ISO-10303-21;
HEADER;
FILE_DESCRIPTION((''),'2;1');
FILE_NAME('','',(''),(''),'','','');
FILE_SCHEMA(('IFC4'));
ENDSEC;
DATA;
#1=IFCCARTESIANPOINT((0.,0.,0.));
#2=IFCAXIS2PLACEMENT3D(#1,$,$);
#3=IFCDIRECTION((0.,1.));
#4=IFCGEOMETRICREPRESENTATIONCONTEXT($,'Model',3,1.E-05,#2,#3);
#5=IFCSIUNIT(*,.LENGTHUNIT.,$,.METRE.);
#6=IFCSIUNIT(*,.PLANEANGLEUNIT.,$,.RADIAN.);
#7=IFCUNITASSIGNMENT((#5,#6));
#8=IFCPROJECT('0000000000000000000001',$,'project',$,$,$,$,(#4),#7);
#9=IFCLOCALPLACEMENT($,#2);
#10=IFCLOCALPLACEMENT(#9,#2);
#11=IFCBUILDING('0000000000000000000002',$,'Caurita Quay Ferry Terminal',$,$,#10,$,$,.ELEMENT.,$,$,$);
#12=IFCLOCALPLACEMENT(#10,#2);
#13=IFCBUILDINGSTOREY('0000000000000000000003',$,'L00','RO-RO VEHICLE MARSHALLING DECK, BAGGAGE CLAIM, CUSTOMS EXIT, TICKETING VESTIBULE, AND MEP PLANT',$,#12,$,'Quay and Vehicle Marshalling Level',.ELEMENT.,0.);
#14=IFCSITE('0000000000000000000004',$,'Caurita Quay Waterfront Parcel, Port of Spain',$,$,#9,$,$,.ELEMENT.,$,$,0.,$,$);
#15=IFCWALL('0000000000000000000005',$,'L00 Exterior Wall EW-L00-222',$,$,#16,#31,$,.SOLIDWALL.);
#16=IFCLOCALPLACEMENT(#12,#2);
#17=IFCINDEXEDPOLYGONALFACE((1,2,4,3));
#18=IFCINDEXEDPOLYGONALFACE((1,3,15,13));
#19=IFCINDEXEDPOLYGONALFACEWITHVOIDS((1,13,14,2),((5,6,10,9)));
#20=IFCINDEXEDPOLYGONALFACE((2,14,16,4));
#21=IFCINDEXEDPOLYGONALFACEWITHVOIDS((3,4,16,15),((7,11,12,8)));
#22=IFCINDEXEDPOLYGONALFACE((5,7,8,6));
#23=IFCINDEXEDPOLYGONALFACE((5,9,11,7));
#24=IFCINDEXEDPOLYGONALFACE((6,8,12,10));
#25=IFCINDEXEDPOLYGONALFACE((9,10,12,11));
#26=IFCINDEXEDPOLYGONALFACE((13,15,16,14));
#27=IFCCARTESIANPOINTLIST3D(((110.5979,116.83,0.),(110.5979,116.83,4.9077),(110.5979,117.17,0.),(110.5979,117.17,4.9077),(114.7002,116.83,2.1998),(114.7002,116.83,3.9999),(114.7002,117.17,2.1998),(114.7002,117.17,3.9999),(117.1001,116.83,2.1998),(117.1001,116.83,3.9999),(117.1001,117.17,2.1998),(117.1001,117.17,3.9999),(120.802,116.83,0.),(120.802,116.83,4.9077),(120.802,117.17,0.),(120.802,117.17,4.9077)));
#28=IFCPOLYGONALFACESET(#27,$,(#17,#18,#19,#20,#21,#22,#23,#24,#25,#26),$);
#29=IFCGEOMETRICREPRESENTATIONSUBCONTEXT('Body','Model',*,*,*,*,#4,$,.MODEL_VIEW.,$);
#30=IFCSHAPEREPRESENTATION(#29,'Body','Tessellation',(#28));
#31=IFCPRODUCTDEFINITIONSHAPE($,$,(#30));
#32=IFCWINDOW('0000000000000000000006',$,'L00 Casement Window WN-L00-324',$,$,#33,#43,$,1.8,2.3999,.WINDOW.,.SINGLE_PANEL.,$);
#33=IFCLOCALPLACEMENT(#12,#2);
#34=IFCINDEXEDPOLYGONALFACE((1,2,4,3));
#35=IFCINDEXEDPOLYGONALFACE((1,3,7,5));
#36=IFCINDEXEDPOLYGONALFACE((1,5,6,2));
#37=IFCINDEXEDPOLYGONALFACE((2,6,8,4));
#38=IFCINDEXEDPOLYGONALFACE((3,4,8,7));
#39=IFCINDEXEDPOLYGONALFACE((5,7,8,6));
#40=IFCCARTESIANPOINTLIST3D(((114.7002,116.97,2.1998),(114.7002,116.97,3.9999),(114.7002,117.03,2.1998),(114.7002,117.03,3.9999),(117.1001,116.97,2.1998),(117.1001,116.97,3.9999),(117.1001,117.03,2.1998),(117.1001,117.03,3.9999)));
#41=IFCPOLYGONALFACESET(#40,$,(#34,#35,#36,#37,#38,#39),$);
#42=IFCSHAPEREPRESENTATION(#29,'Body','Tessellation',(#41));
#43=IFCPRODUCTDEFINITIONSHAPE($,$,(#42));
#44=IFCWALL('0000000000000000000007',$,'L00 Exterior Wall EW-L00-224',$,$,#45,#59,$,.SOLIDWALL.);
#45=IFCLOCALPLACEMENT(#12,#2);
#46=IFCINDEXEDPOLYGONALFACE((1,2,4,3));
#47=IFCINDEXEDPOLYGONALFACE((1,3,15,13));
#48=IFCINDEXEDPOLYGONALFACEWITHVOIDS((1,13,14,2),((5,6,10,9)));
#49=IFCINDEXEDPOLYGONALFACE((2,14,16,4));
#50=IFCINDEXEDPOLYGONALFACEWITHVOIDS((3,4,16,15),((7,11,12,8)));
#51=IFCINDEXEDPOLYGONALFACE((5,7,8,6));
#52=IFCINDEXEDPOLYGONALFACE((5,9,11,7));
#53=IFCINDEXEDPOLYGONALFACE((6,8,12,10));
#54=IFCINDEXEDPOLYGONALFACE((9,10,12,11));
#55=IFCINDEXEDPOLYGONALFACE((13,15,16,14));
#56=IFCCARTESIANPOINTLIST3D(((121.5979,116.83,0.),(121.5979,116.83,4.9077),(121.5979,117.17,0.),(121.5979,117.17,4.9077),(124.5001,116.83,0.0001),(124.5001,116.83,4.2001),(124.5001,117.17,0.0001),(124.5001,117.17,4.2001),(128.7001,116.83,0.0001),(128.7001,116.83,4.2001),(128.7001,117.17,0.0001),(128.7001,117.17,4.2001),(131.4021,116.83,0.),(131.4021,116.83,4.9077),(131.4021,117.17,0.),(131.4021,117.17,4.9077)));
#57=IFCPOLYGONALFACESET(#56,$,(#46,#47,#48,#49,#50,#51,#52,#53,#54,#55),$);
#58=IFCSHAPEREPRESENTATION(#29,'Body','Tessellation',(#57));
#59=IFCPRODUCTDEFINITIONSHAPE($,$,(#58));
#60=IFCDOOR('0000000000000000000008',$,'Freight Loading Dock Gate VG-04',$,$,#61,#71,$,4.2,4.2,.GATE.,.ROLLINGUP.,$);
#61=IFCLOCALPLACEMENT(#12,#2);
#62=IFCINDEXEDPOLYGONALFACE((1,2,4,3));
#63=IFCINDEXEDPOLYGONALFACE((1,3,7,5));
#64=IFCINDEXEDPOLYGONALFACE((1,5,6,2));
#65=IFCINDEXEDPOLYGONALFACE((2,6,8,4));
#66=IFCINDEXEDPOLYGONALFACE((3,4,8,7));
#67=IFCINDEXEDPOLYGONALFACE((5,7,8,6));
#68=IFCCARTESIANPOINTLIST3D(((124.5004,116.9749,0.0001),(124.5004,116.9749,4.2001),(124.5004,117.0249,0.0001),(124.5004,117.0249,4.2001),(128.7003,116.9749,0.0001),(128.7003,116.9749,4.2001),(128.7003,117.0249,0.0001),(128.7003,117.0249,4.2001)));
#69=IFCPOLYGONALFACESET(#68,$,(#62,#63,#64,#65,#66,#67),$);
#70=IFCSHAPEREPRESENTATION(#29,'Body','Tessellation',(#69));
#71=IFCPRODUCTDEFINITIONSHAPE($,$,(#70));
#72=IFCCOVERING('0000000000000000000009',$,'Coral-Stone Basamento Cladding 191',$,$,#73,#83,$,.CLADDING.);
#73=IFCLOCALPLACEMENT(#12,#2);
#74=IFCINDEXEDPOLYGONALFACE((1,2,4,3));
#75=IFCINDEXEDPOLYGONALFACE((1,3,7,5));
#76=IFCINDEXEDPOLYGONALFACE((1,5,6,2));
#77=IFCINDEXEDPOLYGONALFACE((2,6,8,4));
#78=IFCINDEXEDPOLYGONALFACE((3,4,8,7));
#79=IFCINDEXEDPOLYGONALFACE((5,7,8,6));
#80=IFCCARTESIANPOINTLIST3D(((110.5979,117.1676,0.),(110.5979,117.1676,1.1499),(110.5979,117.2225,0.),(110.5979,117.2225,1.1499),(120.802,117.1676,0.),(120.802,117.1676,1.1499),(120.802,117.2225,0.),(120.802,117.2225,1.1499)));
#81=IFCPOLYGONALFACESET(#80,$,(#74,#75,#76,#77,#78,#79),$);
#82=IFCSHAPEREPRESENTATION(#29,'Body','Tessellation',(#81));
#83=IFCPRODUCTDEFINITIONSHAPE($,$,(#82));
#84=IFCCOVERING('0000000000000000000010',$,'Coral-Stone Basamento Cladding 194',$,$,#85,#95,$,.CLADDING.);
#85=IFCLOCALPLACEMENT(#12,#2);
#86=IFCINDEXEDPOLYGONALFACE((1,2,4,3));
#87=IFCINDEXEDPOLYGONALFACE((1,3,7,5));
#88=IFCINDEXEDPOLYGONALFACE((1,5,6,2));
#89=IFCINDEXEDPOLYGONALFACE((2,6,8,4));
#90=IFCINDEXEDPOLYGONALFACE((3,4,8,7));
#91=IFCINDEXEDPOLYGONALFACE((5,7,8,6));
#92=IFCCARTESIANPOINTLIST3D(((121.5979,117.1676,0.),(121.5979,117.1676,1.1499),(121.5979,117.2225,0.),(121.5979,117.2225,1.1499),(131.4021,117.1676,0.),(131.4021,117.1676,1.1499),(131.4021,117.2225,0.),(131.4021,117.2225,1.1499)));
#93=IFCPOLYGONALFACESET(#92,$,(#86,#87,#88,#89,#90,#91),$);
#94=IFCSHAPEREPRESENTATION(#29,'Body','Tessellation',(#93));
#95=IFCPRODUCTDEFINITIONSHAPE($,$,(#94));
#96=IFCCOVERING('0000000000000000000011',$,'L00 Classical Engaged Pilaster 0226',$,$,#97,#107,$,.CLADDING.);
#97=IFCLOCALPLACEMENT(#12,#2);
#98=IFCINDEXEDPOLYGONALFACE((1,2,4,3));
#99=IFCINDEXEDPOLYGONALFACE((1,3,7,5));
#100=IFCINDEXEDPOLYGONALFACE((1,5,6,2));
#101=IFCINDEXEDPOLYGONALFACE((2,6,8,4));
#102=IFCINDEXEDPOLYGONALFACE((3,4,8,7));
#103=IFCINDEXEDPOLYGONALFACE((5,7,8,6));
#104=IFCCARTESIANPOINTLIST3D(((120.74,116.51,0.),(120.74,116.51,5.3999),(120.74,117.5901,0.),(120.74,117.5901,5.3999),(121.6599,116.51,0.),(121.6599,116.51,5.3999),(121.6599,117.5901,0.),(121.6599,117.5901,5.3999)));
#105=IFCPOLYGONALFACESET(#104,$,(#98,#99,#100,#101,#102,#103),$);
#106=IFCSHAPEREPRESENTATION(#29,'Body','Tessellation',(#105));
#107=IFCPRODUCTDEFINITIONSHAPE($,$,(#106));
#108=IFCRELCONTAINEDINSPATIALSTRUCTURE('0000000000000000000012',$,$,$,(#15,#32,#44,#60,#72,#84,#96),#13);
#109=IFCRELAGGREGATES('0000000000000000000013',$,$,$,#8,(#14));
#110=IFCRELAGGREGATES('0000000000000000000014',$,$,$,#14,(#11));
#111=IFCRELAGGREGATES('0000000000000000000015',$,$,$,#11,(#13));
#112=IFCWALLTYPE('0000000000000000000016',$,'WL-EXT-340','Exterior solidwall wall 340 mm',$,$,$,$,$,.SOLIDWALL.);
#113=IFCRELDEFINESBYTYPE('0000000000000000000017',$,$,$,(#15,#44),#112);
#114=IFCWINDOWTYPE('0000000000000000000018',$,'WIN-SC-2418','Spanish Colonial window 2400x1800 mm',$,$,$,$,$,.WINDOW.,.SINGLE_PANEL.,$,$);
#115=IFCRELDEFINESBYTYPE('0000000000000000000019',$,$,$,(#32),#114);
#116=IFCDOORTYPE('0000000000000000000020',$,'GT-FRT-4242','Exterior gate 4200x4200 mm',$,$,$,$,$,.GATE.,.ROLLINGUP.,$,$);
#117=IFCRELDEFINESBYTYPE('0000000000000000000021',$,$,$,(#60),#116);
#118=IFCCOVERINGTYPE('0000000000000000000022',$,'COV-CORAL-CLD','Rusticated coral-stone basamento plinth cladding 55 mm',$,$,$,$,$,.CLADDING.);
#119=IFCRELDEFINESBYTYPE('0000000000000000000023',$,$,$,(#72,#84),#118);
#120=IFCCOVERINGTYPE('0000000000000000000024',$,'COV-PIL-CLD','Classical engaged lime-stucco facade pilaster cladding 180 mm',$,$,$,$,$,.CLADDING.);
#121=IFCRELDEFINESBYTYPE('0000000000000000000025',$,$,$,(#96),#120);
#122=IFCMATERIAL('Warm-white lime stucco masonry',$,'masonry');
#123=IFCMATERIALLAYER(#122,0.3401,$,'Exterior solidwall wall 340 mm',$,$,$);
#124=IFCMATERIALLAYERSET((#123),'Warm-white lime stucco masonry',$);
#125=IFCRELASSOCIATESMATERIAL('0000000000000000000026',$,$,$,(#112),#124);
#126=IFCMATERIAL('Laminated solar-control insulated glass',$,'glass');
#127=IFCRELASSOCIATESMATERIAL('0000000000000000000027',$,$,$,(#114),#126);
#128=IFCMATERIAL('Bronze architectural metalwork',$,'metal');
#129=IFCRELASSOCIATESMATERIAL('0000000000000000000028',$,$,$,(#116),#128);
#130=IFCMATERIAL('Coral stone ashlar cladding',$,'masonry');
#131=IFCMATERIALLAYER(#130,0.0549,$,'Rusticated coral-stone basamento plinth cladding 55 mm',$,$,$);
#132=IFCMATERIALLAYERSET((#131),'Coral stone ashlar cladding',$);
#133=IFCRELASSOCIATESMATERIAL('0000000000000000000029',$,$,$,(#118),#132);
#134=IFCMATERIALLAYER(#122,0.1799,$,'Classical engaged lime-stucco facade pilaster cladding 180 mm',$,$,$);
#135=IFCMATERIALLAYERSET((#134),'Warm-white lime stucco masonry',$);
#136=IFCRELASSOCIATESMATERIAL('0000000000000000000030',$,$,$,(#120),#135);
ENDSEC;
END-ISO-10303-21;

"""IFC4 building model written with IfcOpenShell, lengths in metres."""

from ifc_helpers import new_model, si_unit, direction, frame, frame_2d, origin, origin_2d, place, context, subcontext, project, spatial, rectangle, extrude, material, layer, layer_set, type_object, element, fill, save


model = new_model("IFC4")

# Units and contexts
model_context = context("Model", 3, precision=1e-05, world=origin(), true_north=direction((0.0, 1.0)))
body_context = subcontext(model_context, "Body", "Model", "MODEL_VIEW")
ifc_project = project(units=[si_unit("LENGTHUNIT", "METRE"), si_unit("PLANEANGLEUNIT", "RADIAN")], contexts=[model_context])

# Site, building, storey
site_placement = place(None, origin())
site = spatial("IfcSite", under=ifc_project, at=site_placement, Name="Caurita Quay Waterfront Parcel, Port of Spain", CompositionType="ELEMENT", RefElevation=0.0)
building_placement = place(site_placement, origin())
building = spatial("IfcBuilding", under=site, at=building_placement, Name="Caurita Quay Ferry Terminal", CompositionType="ELEMENT")
storey_placement = place(building_placement, origin())
storey = spatial("IfcBuildingStorey", under=building, at=storey_placement, Name="L00", Description="RO-RO VEHICLE MARSHALLING DECK, BAGGAGE CLAIM, CUSTOMS EXIT, TICKETING VESTIBULE, AND MEP PLANT", LongName="Quay and Vehicle Marshalling Level", CompositionType="ELEMENT", Elevation=0.0)

# Wall, opening, window
ifc_material_1 = material(Name="Warm-white lime stucco masonry", Category="masonry")
ifc_layer_1 = layer(ifc_material_1, 0.3401, Name="Exterior solidwall wall 340 mm")
ifc_layer_set_1 = layer_set([ifc_layer_1], Name="Warm-white lime stucco masonry")
wall_type = type_object("IfcWallType", Name="WL-EXT-340", Description="Exterior solidwall wall 340 mm", PredefinedType="SOLIDWALL", material=ifc_layer_set_1)
wall_1_placement = place(storey_placement, frame((120.802, 117.0, 0.0), z_axis=(0.0, 0.0, 1.0), x_axis=(-1.0, 0.0, 0.0)))
wall_1 = element("IfcWall", 1, at=wall_1_placement, inside=storey, type_object=wall_type, Name="L00 Exterior Wall EW-L00-222", PredefinedType="SOLIDWALL", context=body_context, shape_type="SweptSolid", body=[
    extrude(rectangle(XDim=10.2041, YDim=0.3401, at=frame_2d((5.1021, 0.0))), origin(), (0.0, 0.0, 1.0), 4.9077),
])
opening_1_placement = place(wall_1_placement, frame((3.7019, 0.0, 2.2)))
opening_1 = element("IfcOpeningElement", 2, at=opening_1_placement, cuts=wall_1, PredefinedType="OPENING", context=body_context, shape_type="SweptSolid", body=[
    extrude(rectangle(XDim=2.3999, YDim=1.8, at=frame_2d((1.2, 0.8999))), frame((0.0, 0.1799, 0.0), z_axis=(0.0, -1.0, 0.0), x_axis=(1.0, 0.0, 0.0)), (0.0, 0.0, 1.0), 0.3601),
])
ifc_material_2 = material(Name="Laminated solar-control insulated glass", Category="glass")
window_type = type_object("IfcWindowType", Name="WIN-SC-2418", Description="Spanish Colonial window 2400x1800 mm", PartitioningType="SINGLE_PANEL", PredefinedType="WINDOW", material=ifc_material_2)
window_placement = place(opening_1_placement, origin())
window = element("IfcWindow", 3, at=window_placement, inside=storey, type_object=window_type, Name="L00 Casement Window WN-L00-324", OverallHeight=1.8, OverallWidth=2.3999, PartitioningType="SINGLE_PANEL", PredefinedType="WINDOW", context=body_context, shape_type="SweptSolid", body=[
    extrude(rectangle(XDim=2.3999, YDim=1.8, at=frame_2d((1.2, 0.8999))), frame((0.0, 0.03, 0.0), z_axis=(0.0, -1.0, 0.0), x_axis=(1.0, 0.0, 0.0)), (0.0, 0.0, 1.0), 0.0601),
])
fill(opening_1, window)

# Wall, opening, door
wall_2_placement = place(storey_placement, frame((131.4021, 117.0, 0.0), z_axis=(0.0, 0.0, 1.0), x_axis=(-1.0, 0.0, 0.0)))
wall_2 = element("IfcWall", 4, at=wall_2_placement, inside=storey, type_object=wall_type, Name="L00 Exterior Wall EW-L00-224", PredefinedType="SOLIDWALL", context=body_context, shape_type="SweptSolid", body=[
    extrude(rectangle(XDim=9.8042, YDim=0.3401, at=frame_2d((4.9021, 0.0))), origin(), (0.0, 0.0, 1.0), 4.9077),
])
opening_2_placement = place(wall_2_placement, frame((2.7019, 0.0, 0.0)))
opening_2 = element("IfcOpeningElement", 5, at=opening_2_placement, cuts=wall_2, PredefinedType="OPENING", context=body_context, shape_type="SweptSolid", body=[
    extrude(rectangle(XDim=4.2, YDim=4.2, at=frame_2d((2.1001, 2.1001))), frame((0.0, 0.1799, 0.0), z_axis=(0.0, -1.0, 0.0), x_axis=(1.0, 0.0, 0.0)), (0.0, 0.0, 1.0), 0.3601),
])
ifc_material_3 = material(Name="Bronze architectural metalwork", Category="metal")
door_type = type_object("IfcDoorType", Name="GT-FRT-4242", Description="Exterior gate 4200x4200 mm", OperationType="ROLLINGUP", PredefinedType="GATE", material=ifc_material_3)
door_placement = place(opening_2_placement, frame((4.2, 0.0, 0.0), z_axis=(0.0, 0.0, 1.0), x_axis=(-1.0, 0.0, 0.0)))
door = element("IfcDoor", 6, at=door_placement, inside=storey, type_object=door_type, Name="Freight Loading Dock Gate VG-04", OperationType="ROLLINGUP", OverallHeight=4.2, OverallWidth=4.2, PredefinedType="GATE", context=body_context, shape_type="SweptSolid", body=[
    extrude(rectangle(XDim=4.2, YDim=4.2, at=frame_2d((2.1001, 2.1001))), frame((0.0, 0.0249, 0.0), z_axis=(0.0, -1.0, 0.0), x_axis=(1.0, 0.0, 0.0)), (0.0, 0.0, 1.0), 0.05),
])
fill(opening_2, door)

# Coverings
ifc_material_4 = material(Name="Coral stone ashlar cladding", Category="masonry")
ifc_layer_2 = layer(ifc_material_4, 0.0549, Name="Rusticated coral-stone basamento plinth cladding 55 mm")
ifc_layer_set_2 = layer_set([ifc_layer_2], Name="Coral stone ashlar cladding")
covering_type_1 = type_object("IfcCoveringType", Name="COV-CORAL-CLD", Description="Rusticated coral-stone basamento plinth cladding 55 mm", PredefinedType="CLADDING", material=ifc_layer_set_2)
covering_1_placement = place(storey_placement, frame((120.802, 117.1951, 0.0), z_axis=(0.0, 0.0, 1.0), x_axis=(-1.0, 0.0, 0.0)))
element("IfcCovering", 7, at=covering_1_placement, inside=storey, type_object=covering_type_1, Name="Coral-Stone Basamento Cladding 191", PredefinedType="CLADDING", context=body_context, shape_type="SweptSolid", body=[
    extrude(rectangle(XDim=10.2041, YDim=0.0549, at=frame_2d((5.1021, 0.0))), origin(), (0.0, 0.0, 1.0), 1.1499),
])
covering_2_placement = place(storey_placement, frame((131.4021, 117.1951, 0.0), z_axis=(0.0, 0.0, 1.0), x_axis=(-1.0, 0.0, 0.0)))
element("IfcCovering", 8, at=covering_2_placement, inside=storey, type_object=covering_type_1, Name="Coral-Stone Basamento Cladding 194", PredefinedType="CLADDING", context=body_context, shape_type="SweptSolid", body=[
    extrude(rectangle(XDim=9.8042, YDim=0.0549, at=frame_2d((4.9021, 0.0))), origin(), (0.0, 0.0, 1.0), 1.1499),
])
ifc_layer_3 = layer(ifc_material_1, 0.1799, Name="Classical engaged lime-stucco facade pilaster cladding 180 mm")
ifc_layer_set_3 = layer_set([ifc_layer_3], Name="Warm-white lime stucco masonry")
covering_type_2 = type_object("IfcCoveringType", Name="COV-PIL-CLD", Description="Classical engaged lime-stucco facade pilaster cladding 180 mm", PredefinedType="CLADDING", material=ifc_layer_set_3)
covering_3_placement = place(storey_placement, frame((121.2, 117.05, 0.0), z_axis=(0.0, 0.0, 1.0), x_axis=(1.0, 0.0, 0.0)))
element("IfcCovering", 9, at=covering_3_placement, inside=storey, type_object=covering_type_2, Name="L00 Classical Engaged Pilaster 0226", PredefinedType="CLADDING", context=body_context, shape_type="SweptSolid", body=[
    extrude(rectangle(XDim=0.9199, YDim=1.0801, at=origin_2d()), origin(), (0.0, 0.0, 1.0), 5.3999),
])

save(model, "model.ifc")
